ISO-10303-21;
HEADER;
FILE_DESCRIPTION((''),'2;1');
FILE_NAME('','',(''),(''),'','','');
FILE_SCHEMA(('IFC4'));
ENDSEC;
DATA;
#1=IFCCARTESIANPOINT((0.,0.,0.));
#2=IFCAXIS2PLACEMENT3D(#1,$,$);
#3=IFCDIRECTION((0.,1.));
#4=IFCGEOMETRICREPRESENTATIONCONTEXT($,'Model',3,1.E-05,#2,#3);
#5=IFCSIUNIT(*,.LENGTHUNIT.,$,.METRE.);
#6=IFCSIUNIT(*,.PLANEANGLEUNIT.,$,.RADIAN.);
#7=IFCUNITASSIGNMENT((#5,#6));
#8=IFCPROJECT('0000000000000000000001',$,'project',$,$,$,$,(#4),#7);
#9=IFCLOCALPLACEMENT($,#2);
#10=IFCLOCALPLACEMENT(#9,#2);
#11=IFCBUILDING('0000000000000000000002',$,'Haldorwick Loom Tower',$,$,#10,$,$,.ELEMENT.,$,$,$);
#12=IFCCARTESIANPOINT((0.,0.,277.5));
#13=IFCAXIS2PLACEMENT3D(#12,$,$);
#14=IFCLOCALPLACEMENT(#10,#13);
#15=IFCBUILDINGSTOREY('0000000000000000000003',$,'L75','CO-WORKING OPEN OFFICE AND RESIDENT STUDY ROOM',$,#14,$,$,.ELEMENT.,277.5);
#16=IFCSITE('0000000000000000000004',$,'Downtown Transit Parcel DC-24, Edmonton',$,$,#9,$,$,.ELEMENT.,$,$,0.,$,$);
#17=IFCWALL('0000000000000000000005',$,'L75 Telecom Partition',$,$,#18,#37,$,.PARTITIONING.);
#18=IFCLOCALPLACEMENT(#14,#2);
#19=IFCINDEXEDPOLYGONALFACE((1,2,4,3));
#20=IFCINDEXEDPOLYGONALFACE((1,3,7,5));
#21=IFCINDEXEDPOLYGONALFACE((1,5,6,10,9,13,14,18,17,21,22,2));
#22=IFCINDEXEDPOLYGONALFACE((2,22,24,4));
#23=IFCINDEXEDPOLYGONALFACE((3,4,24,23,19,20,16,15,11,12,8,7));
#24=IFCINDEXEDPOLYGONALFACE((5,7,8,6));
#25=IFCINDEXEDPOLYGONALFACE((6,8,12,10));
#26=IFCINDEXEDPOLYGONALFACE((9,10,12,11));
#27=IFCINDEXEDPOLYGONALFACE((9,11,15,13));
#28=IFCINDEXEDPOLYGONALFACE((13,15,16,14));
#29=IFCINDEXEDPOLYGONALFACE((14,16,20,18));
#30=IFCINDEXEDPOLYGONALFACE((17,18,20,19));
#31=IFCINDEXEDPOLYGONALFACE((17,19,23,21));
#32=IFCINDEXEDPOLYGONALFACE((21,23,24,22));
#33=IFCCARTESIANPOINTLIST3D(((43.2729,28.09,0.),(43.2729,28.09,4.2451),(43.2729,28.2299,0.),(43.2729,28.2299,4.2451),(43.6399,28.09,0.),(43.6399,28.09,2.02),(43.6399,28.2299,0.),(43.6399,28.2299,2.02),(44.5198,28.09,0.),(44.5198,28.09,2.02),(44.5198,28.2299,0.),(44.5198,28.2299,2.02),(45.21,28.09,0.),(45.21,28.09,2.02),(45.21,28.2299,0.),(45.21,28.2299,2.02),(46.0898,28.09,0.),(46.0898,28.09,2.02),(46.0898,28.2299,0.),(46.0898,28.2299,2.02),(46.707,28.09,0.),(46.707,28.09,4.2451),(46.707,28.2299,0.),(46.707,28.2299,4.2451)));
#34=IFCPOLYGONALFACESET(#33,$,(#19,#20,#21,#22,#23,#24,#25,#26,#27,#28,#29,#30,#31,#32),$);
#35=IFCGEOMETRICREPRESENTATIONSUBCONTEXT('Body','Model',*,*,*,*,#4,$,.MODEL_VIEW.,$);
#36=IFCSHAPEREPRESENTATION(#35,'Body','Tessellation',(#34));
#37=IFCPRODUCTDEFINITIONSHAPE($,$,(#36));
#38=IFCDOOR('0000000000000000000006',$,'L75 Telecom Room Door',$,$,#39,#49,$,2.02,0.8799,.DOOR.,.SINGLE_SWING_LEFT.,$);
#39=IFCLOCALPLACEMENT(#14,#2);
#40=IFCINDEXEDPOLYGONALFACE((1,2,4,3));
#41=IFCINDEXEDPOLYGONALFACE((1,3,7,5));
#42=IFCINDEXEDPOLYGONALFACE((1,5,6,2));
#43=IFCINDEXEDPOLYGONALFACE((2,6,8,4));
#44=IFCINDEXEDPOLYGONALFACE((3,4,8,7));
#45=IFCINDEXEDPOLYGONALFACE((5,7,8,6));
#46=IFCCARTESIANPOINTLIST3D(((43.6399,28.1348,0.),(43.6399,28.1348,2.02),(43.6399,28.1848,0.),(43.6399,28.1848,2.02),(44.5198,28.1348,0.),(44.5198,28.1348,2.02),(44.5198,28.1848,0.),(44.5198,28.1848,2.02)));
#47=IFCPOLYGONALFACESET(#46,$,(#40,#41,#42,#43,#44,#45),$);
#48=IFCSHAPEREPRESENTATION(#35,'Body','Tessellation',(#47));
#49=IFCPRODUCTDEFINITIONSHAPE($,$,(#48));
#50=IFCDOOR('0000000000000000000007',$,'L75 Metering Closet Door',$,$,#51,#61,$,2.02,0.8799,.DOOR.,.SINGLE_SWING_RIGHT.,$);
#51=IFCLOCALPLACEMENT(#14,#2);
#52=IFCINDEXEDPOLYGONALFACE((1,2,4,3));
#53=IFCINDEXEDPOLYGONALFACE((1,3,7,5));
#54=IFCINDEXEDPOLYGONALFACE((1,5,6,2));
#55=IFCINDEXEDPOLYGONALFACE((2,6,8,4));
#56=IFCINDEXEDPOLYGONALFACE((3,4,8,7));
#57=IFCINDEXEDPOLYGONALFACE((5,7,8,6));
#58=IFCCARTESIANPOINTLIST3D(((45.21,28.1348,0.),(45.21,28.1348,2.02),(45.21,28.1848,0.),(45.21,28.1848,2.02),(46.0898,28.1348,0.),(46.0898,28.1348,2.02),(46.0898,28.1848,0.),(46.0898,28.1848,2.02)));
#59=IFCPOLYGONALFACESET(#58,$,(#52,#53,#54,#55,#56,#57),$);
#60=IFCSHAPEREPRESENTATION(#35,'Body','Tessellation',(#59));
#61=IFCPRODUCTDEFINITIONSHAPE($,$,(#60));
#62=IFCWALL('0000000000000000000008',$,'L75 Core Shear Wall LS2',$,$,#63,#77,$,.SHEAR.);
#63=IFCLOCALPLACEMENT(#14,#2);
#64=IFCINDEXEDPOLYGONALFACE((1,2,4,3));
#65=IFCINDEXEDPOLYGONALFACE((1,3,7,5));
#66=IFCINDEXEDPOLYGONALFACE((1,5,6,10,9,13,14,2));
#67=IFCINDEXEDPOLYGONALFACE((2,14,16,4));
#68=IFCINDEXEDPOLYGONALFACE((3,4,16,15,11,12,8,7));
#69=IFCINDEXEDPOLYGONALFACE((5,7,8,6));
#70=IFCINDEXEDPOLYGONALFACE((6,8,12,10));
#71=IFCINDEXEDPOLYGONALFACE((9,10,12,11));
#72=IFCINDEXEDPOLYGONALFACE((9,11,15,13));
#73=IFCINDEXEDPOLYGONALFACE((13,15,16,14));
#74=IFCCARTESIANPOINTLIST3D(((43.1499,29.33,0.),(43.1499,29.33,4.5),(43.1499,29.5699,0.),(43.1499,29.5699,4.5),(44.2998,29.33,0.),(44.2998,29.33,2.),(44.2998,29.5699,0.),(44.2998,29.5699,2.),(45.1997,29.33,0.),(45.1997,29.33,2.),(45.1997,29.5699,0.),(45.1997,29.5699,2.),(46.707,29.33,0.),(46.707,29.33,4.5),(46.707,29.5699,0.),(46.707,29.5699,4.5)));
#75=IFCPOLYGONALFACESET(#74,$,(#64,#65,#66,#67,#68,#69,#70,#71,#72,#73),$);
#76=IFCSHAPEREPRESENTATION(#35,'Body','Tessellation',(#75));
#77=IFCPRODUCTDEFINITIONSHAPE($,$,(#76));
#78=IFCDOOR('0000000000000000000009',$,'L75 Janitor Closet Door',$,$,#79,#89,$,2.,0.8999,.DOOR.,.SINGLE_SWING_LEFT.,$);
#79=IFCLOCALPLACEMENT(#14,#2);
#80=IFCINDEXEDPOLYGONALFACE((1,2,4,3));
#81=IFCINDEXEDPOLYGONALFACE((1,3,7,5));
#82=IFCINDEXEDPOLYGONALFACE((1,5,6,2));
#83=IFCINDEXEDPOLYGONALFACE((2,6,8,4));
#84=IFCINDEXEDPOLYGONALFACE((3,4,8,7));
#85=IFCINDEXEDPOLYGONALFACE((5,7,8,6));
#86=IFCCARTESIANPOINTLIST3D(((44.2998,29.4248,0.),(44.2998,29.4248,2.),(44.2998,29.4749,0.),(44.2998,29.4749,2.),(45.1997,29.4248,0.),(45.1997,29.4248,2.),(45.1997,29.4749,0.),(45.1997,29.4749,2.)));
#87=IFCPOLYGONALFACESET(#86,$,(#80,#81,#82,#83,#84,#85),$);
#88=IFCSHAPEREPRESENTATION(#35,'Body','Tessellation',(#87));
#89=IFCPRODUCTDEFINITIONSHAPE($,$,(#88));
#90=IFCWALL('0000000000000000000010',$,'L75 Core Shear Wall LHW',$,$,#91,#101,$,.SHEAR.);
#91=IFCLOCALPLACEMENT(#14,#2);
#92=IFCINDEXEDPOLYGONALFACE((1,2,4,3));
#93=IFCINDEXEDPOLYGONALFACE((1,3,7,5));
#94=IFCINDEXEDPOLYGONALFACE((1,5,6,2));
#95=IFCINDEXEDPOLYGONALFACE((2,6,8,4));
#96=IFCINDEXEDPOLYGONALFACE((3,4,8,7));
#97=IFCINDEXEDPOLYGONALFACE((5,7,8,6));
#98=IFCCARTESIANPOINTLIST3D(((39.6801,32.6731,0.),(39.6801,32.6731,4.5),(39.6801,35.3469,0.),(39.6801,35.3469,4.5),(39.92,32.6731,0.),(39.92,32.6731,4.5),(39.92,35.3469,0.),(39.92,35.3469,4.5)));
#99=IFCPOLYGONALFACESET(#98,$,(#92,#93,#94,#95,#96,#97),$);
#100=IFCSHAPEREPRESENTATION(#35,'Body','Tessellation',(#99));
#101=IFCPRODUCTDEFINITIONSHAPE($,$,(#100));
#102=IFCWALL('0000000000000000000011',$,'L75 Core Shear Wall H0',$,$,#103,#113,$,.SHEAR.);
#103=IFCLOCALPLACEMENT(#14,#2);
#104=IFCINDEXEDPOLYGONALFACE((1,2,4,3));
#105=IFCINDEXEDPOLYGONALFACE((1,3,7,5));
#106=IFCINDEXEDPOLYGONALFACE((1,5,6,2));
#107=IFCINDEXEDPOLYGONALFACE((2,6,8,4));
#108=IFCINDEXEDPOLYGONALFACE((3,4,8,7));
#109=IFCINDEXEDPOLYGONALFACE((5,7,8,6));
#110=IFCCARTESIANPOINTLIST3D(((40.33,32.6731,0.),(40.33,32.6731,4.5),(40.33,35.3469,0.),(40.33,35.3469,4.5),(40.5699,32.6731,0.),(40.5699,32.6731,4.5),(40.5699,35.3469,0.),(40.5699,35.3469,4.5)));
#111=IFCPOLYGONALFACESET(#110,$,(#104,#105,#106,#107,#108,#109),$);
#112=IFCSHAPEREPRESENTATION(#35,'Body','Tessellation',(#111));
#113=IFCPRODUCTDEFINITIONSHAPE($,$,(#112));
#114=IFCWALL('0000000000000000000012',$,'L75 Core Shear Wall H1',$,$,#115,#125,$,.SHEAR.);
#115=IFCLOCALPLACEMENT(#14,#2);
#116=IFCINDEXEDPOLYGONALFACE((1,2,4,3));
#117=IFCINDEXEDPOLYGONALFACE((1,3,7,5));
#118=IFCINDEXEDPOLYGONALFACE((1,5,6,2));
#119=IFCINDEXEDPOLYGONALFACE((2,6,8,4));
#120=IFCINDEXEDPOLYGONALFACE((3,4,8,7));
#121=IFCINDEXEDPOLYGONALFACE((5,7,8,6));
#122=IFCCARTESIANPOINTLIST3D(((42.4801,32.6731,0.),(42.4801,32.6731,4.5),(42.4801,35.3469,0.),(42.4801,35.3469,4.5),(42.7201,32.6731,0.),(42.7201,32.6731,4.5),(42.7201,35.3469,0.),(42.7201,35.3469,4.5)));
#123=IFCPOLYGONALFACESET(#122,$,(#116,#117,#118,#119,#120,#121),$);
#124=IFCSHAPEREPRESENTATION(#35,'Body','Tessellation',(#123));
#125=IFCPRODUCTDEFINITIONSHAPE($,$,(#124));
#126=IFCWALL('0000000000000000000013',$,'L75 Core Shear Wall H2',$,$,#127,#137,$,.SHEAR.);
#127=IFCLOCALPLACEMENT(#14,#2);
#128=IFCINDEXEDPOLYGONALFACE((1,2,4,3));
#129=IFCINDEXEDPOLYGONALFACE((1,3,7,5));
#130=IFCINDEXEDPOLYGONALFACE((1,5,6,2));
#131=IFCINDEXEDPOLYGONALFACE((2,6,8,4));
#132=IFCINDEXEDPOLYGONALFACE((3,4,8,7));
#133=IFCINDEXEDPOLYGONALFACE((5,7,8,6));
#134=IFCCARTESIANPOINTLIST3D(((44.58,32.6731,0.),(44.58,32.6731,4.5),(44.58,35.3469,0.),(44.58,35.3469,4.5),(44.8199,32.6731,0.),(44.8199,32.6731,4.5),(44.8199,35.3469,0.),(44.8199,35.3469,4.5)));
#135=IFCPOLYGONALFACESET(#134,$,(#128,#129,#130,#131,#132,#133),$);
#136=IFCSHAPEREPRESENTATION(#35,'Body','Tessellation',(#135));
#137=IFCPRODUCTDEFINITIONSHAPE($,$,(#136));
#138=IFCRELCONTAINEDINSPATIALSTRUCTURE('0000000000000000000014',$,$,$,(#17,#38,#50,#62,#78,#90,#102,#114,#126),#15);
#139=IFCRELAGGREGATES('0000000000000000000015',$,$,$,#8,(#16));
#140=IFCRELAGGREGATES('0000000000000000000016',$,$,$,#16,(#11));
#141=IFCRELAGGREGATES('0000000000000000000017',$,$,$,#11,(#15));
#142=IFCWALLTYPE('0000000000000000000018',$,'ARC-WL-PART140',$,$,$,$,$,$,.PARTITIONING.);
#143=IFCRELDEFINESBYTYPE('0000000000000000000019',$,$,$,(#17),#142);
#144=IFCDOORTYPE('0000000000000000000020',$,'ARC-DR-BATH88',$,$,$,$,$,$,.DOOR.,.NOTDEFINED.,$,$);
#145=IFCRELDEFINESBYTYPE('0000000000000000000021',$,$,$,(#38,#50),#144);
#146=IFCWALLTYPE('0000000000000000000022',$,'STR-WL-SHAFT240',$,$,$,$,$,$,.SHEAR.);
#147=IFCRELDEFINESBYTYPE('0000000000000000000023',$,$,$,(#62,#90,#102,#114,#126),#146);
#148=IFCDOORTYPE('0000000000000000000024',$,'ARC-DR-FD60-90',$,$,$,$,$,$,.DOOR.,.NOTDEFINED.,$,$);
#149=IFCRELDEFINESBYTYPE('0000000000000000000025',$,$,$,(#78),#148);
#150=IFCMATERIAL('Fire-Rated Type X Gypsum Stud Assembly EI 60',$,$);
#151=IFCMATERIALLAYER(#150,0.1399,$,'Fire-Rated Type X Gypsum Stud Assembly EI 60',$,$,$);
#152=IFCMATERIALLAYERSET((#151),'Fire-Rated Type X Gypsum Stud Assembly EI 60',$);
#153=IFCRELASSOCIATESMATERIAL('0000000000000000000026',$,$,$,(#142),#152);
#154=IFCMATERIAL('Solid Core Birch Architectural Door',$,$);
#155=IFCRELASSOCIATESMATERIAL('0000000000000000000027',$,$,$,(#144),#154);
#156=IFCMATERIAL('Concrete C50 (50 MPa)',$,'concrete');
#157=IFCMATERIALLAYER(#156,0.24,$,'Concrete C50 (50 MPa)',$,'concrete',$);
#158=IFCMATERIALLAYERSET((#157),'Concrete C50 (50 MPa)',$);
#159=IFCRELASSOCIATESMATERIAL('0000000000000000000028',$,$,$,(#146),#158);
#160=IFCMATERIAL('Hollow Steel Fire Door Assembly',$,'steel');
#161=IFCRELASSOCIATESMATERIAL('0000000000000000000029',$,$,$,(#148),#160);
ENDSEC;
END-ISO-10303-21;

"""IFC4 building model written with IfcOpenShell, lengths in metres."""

from ifc_helpers import new_model, si_unit, direction, frame, frame_2d, origin, place, context, subcontext, project, spatial, rectangle, extrude, material, layer, layer_set, type_object, element, fill, save


model = new_model("IFC4")

# Units and contexts
model_context = context("Model", 3, precision=1e-05, world=origin(), true_north=direction((0.0, 1.0)))
body_context = subcontext(model_context, "Body", "Model", "MODEL_VIEW")
ifc_project = project(units=[si_unit("LENGTHUNIT", "METRE"), si_unit("PLANEANGLEUNIT", "RADIAN")], contexts=[model_context])

# Site, building, storey
site_placement = place(None, origin())
site = spatial("IfcSite", under=ifc_project, at=site_placement, Name="Downtown Transit Parcel DC-24, Edmonton", CompositionType="ELEMENT", RefElevation=0.0)
building_placement = place(site_placement, origin())
building = spatial("IfcBuilding", under=site, at=building_placement, Name="Haldorwick Loom Tower", CompositionType="ELEMENT")
storey_placement = place(building_placement, frame((0.0, 0.0, 277.5)))
storey = spatial("IfcBuildingStorey", under=building, at=storey_placement, Name="L75", Description="CO-WORKING OPEN OFFICE AND RESIDENT STUDY ROOM", CompositionType="ELEMENT", Elevation=277.5)

# Shared definitions
ifc_material_1 = material(Name="Concrete C50 (50 MPa)", Category="concrete")

# Wall, openings, doors
ifc_material_2 = material(Name="Fire-Rated Type X Gypsum Stud Assembly EI 60")
ifc_layer_1 = layer(ifc_material_2, 0.1399, Name="Fire-Rated Type X Gypsum Stud Assembly EI 60")
ifc_layer_set_1 = layer_set([ifc_layer_1], Name="Fire-Rated Type X Gypsum Stud Assembly EI 60")
wall_type_1 = type_object("IfcWallType", Name="ARC-WL-PART140", PredefinedType="PARTITIONING", material=ifc_layer_set_1)
wall_1_placement = place(storey_placement, frame((43.2729, 28.1599, 0.0), z_axis=(0.0, 0.0, 1.0), x_axis=(1.0, 0.0, 0.0)))
wall_1 = element("IfcWall", 1, at=wall_1_placement, inside=storey, type_object=wall_type_1, Name="L75 Telecom Partition", PredefinedType="PARTITIONING", context=body_context, shape_type="SweptSolid", body=[
    extrude(rectangle(XDim=3.4341, YDim=0.1399, at=frame_2d((1.717, 0.0))), origin(), (0.0, 0.0, 1.0), 4.2451),
])
opening_1_placement = place(wall_1_placement, frame((0.3669, 0.0, 0.0)))
opening_1 = element("IfcOpeningElement", 2, at=opening_1_placement, cuts=wall_1, PredefinedType="OPENING", context=body_context, shape_type="SweptSolid", body=[
    extrude(rectangle(XDim=0.8799, YDim=2.02, at=frame_2d((0.4399, 1.01))), frame((0.0, 0.0798, 0.0), z_axis=(0.0, -1.0, 0.0), x_axis=(1.0, 0.0, 0.0)), (0.0, 0.0, 1.0), 0.1599),
])
opening_2_placement = place(wall_1_placement, frame((1.937, 0.0, 0.0)))
opening_2 = element("IfcOpeningElement", 3, at=opening_2_placement, cuts=wall_1, PredefinedType="OPENING", context=body_context, shape_type="SweptSolid", body=[
    extrude(rectangle(XDim=0.8799, YDim=2.02, at=frame_2d((0.4399, 1.01))), frame((0.0, 0.0798, 0.0), z_axis=(0.0, -1.0, 0.0), x_axis=(1.0, 0.0, 0.0)), (0.0, 0.0, 1.0), 0.1599),
])
ifc_material_3 = material(Name="Solid Core Birch Architectural Door")
door_type_1 = type_object("IfcDoorType", Name="ARC-DR-BATH88", OperationType="NOTDEFINED", PredefinedType="DOOR", material=ifc_material_3)
door_1_placement = place(opening_1_placement, origin())
door_1 = element("IfcDoor", 4, at=door_1_placement, inside=storey, type_object=door_type_1, Name="L75 Telecom Room Door", OperationType="SINGLE_SWING_LEFT", OverallHeight=2.02, OverallWidth=0.8799, PredefinedType="DOOR", context=body_context, shape_type="SweptSolid", body=[
    extrude(rectangle(XDim=0.8799, YDim=2.02, at=frame_2d((0.4399, 1.01))), frame((0.0, 0.0249, 0.0), z_axis=(0.0, -1.0, 0.0), x_axis=(1.0, 0.0, 0.0)), (0.0, 0.0, 1.0), 0.05),
])
fill(opening_1, door_1)
door_2_placement = place(opening_2_placement, origin())
door_2 = element("IfcDoor", 5, at=door_2_placement, inside=storey, type_object=door_type_1, Name="L75 Metering Closet Door", OperationType="SINGLE_SWING_RIGHT", OverallHeight=2.02, OverallWidth=0.8799, PredefinedType="DOOR", context=body_context, shape_type="SweptSolid", body=[
    extrude(rectangle(XDim=0.8799, YDim=2.02, at=frame_2d((0.4399, 1.01))), frame((0.0, 0.0249, 0.0), z_axis=(0.0, -1.0, 0.0), x_axis=(1.0, 0.0, 0.0)), (0.0, 0.0, 1.0), 0.05),
])
fill(opening_2, door_2)

# Wall, opening, door
ifc_layer_2 = layer(ifc_material_1, 0.24, Name="Concrete C50 (50 MPa)", Category="concrete")
ifc_layer_set_2 = layer_set([ifc_layer_2], Name="Concrete C50 (50 MPa)")
wall_type_2 = type_object("IfcWallType", Name="STR-WL-SHAFT240", PredefinedType="SHEAR", material=ifc_layer_set_2)
wall_2_placement = place(storey_placement, frame((43.1499, 29.45, 0.0), z_axis=(0.0, 0.0, 1.0), x_axis=(1.0, 0.0, 0.0)))
wall_2 = element("IfcWall", 6, at=wall_2_placement, inside=storey, type_object=wall_type_2, Name="L75 Core Shear Wall LS2", PredefinedType="SHEAR", context=body_context, shape_type="SweptSolid", body=[
    extrude(rectangle(XDim=3.5571, YDim=0.24, at=frame_2d((1.7786, 0.0))), origin(), (0.0, 0.0, 1.0), 4.5),
])
opening_3_placement = place(wall_2_placement, frame((1.1499, 0.0, 0.0)))
opening_3 = element("IfcOpeningElement", 7, at=opening_3_placement, cuts=wall_2, PredefinedType="OPENING", context=body_context, shape_type="SweptSolid", body=[
    extrude(rectangle(XDim=0.8999, YDim=2.0, at=frame_2d((0.45, 1.0))), frame((0.0, 0.1299, 0.0), z_axis=(0.0, -1.0, 0.0), x_axis=(1.0, 0.0, 0.0)), (0.0, 0.0, 1.0), 0.26),
])
ifc_material_4 = material(Name="Hollow Steel Fire Door Assembly", Category="steel")
door_type_2 = type_object("IfcDoorType", Name="ARC-DR-FD60-90", OperationType="NOTDEFINED", PredefinedType="DOOR", material=ifc_material_4)
door_3_placement = place(opening_3_placement, origin())
door_3 = element("IfcDoor", 8, at=door_3_placement, inside=storey, type_object=door_type_2, Name="L75 Janitor Closet Door", OperationType="SINGLE_SWING_LEFT", OverallHeight=2.0, OverallWidth=0.8999, PredefinedType="DOOR", context=body_context, shape_type="SweptSolid", body=[
    extrude(rectangle(XDim=0.8999, YDim=2.0, at=frame_2d((0.45, 1.0))), frame((0.0, 0.0249, 0.0), z_axis=(0.0, -1.0, 0.0), x_axis=(1.0, 0.0, 0.0)), (0.0, 0.0, 1.0), 0.05),
])
fill(opening_3, door_3)

# Walls
for number, where, z_axis, x_axis, name in (
    (9, (39.8, 32.6731, 0.0), (0.0, 0.0, 1.0), (0.0, 1.0, 0.0), "L75 Core Shear Wall LHW"),
    (10, (40.45, 32.6731, 0.0), (0.0, 0.0, 1.0), (0.0, 1.0, 0.0), "L75 Core Shear Wall H0"),
    (11, (42.6001, 32.6731, 0.0), (0.0, 0.0, 1.0), (0.0, 1.0, 0.0), "L75 Core Shear Wall H1"),
    (12, (44.7, 32.6731, 0.0), (0.0, 0.0, 1.0), (0.0, 1.0, 0.0), "L75 Core Shear Wall H2"),
):
    element("IfcWall", number, at=place(storey_placement, frame(where, z_axis=z_axis, x_axis=x_axis)), inside=storey, type_object=wall_type_2, Name=name, PredefinedType="SHEAR", context=body_context, shape_type="SweptSolid", body=[
        extrude(rectangle(XDim=2.6738, YDim=0.24, at=frame_2d((1.3369, 0.0))), origin(), (0.0, 0.0, 1.0), 4.5),
    ])

save(model, "model.ifc")
